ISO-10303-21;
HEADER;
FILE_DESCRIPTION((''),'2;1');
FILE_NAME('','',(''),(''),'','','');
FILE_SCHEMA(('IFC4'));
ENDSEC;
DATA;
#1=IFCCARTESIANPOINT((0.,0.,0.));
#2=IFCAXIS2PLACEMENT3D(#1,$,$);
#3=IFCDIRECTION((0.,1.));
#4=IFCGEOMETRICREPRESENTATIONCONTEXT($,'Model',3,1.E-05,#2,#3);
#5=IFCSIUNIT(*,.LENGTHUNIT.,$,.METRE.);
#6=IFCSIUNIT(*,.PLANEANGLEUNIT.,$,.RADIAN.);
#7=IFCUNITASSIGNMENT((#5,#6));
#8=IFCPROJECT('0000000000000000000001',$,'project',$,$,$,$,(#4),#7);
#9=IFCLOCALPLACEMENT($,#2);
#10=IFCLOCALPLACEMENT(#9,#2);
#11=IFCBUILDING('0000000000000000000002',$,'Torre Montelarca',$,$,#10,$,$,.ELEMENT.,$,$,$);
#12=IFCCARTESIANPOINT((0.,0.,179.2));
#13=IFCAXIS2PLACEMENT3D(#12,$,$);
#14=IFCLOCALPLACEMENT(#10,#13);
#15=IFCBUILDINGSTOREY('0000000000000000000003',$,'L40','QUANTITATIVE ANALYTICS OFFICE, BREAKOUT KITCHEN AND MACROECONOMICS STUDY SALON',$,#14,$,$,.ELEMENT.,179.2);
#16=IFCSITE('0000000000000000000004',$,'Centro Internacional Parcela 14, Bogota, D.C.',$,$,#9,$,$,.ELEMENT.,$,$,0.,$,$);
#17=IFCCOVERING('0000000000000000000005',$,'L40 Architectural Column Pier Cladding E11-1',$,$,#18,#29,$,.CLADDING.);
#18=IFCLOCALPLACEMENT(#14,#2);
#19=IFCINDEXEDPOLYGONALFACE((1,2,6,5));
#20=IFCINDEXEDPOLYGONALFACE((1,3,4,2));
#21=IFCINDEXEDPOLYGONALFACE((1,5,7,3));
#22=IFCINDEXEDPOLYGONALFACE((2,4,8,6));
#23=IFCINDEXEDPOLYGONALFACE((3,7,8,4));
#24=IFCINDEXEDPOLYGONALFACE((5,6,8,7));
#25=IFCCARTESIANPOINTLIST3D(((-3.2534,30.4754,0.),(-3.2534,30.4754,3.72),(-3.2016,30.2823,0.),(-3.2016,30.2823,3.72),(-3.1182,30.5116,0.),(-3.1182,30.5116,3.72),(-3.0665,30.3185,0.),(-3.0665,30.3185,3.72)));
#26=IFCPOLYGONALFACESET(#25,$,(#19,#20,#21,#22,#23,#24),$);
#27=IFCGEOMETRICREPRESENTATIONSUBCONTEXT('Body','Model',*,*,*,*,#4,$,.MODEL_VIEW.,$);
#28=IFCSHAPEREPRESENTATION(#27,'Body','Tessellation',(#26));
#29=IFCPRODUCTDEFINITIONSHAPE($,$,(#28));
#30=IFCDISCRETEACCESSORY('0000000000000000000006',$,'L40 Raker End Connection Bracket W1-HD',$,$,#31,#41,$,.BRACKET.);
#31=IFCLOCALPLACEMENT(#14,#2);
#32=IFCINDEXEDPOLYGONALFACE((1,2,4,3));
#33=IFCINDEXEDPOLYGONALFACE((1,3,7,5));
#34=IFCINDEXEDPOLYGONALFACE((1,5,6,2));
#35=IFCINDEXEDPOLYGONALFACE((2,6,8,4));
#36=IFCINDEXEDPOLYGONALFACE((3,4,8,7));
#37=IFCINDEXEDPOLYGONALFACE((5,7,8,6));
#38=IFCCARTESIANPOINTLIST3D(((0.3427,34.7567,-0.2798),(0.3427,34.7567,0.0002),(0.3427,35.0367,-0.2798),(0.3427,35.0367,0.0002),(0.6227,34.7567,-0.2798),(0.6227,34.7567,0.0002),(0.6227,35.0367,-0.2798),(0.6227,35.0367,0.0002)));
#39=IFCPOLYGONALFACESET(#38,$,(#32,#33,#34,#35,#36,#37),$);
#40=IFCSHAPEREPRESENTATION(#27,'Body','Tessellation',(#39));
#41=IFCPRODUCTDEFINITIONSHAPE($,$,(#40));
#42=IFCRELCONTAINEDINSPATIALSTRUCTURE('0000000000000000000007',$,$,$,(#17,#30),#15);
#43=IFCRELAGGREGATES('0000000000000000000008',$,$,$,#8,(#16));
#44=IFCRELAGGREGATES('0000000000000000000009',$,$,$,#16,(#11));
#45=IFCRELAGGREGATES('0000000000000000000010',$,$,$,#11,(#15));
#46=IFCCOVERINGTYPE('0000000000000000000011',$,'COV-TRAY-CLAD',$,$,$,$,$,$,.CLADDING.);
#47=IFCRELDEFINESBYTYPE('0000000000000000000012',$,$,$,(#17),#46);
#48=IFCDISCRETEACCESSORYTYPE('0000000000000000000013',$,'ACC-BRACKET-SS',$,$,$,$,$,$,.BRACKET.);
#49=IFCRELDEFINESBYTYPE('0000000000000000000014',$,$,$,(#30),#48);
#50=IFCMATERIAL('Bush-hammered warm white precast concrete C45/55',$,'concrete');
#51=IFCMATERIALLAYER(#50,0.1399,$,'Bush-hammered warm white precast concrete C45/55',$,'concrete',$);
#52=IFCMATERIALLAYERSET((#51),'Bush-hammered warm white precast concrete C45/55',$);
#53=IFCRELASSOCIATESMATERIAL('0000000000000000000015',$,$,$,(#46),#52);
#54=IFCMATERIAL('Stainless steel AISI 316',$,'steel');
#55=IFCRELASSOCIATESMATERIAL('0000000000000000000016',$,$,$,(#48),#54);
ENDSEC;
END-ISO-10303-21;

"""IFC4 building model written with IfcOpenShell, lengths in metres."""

from ifc_helpers import new_model, si_unit, direction, frame, origin, origin_2d, place, context, subcontext, project, spatial, rectangle, extrude, source, transform, mapped, material, layer, layer_set, type_object, element, save


model = new_model("IFC4")

# Units and contexts
model_context = context("Model", 3, precision=1e-05, world=origin(), true_north=direction((0.0, 1.0)))
body_context = subcontext(model_context, "Body", "Model", "MODEL_VIEW")
ifc_project = project(units=[si_unit("LENGTHUNIT", "METRE"), si_unit("PLANEANGLEUNIT", "RADIAN")], contexts=[model_context])

# Site, building, storey
site_placement = place(None, origin())
site = spatial("IfcSite", under=ifc_project, at=site_placement, Name="Centro Internacional Parcela 14, Bogota, D.C.", CompositionType="ELEMENT", RefElevation=0.0)
building_placement = place(site_placement, origin())
building = spatial("IfcBuilding", under=site, at=building_placement, Name="Torre Montelarca", CompositionType="ELEMENT")
storey_placement = place(building_placement, frame((0.0, 0.0, 179.2)))
storey = spatial("IfcBuildingStorey", under=building, at=storey_placement, Name="L40", Description="QUANTITATIVE ANALYTICS OFFICE, BREAKOUT KITCHEN AND MACROECONOMICS STUDY SALON", CompositionType="ELEMENT", Elevation=179.2)

# Covering
ifc_material_1 = material(Name="Bush-hammered warm white precast concrete C45/55", Category="concrete")
ifc_layer_1 = layer(ifc_material_1, 0.1399, Name="Bush-hammered warm white precast concrete C45/55", Category="concrete")
ifc_layer_set_1 = layer_set([ifc_layer_1], Name="Bush-hammered warm white precast concrete C45/55")
covering_type = type_object("IfcCoveringType", Name="COV-TRAY-CLAD", PredefinedType="CLADDING", material=ifc_layer_set_1)
shared_shape_1 = source(origin(), body_context, "Body", "SweptSolid", [
    extrude(rectangle(XDim=0.2, YDim=0.1399, at=origin_2d()), origin(), (0.0, 0.0, 1.0), 3.72),
])
for number, where, z_axis, x_axis, name in (
    (1, (-3.1599, 30.397, 0.0), (0.0, 0.0, 1.0), (0.258816, -0.965927, 0.0), "L40 Architectural Column Pier Cladding E11-1"),
):
    element("IfcCovering", number, at=place(storey_placement, frame(where, z_axis=z_axis, x_axis=x_axis)), inside=storey, type_object=covering_type, Name=name, PredefinedType="CLADDING", context=body_context, shape_type="MappedRepresentation", body=[
        mapped(shared_shape_1, transform((0.0, 0.0, 0.0), scale=1.0)),
    ])

# Discrete accessory
ifc_material_2 = material(Name="Stainless steel AISI 316", Category="steel")
discrete_accessory_type = type_object("IfcDiscreteAccessoryType", Name="ACC-BRACKET-SS", PredefinedType="BRACKET", material=ifc_material_2)
shared_shape_2 = source(origin(), body_context, "Body", "SweptSolid", [
    extrude(rectangle(XDim=0.28, YDim=0.28, at=origin_2d()), origin(), (0.0, 0.0, 1.0), 0.28),
])
discrete_accessory_placement = place(storey_placement, frame((0.4827, 34.8967, -0.2798), z_axis=(0.0, 0.0, 1.0), x_axis=(1.0, 0.0, 0.0)))
element("IfcDiscreteAccessory", 2, at=discrete_accessory_placement, inside=storey, type_object=discrete_accessory_type, Name="L40 Raker End Connection Bracket W1-HD", PredefinedType="BRACKET", context=body_context, shape_type="MappedRepresentation", body=[
    mapped(shared_shape_2, transform((0.0, 0.0, 0.0), scale=1.0)),
])

save(model, "model.ifc")
